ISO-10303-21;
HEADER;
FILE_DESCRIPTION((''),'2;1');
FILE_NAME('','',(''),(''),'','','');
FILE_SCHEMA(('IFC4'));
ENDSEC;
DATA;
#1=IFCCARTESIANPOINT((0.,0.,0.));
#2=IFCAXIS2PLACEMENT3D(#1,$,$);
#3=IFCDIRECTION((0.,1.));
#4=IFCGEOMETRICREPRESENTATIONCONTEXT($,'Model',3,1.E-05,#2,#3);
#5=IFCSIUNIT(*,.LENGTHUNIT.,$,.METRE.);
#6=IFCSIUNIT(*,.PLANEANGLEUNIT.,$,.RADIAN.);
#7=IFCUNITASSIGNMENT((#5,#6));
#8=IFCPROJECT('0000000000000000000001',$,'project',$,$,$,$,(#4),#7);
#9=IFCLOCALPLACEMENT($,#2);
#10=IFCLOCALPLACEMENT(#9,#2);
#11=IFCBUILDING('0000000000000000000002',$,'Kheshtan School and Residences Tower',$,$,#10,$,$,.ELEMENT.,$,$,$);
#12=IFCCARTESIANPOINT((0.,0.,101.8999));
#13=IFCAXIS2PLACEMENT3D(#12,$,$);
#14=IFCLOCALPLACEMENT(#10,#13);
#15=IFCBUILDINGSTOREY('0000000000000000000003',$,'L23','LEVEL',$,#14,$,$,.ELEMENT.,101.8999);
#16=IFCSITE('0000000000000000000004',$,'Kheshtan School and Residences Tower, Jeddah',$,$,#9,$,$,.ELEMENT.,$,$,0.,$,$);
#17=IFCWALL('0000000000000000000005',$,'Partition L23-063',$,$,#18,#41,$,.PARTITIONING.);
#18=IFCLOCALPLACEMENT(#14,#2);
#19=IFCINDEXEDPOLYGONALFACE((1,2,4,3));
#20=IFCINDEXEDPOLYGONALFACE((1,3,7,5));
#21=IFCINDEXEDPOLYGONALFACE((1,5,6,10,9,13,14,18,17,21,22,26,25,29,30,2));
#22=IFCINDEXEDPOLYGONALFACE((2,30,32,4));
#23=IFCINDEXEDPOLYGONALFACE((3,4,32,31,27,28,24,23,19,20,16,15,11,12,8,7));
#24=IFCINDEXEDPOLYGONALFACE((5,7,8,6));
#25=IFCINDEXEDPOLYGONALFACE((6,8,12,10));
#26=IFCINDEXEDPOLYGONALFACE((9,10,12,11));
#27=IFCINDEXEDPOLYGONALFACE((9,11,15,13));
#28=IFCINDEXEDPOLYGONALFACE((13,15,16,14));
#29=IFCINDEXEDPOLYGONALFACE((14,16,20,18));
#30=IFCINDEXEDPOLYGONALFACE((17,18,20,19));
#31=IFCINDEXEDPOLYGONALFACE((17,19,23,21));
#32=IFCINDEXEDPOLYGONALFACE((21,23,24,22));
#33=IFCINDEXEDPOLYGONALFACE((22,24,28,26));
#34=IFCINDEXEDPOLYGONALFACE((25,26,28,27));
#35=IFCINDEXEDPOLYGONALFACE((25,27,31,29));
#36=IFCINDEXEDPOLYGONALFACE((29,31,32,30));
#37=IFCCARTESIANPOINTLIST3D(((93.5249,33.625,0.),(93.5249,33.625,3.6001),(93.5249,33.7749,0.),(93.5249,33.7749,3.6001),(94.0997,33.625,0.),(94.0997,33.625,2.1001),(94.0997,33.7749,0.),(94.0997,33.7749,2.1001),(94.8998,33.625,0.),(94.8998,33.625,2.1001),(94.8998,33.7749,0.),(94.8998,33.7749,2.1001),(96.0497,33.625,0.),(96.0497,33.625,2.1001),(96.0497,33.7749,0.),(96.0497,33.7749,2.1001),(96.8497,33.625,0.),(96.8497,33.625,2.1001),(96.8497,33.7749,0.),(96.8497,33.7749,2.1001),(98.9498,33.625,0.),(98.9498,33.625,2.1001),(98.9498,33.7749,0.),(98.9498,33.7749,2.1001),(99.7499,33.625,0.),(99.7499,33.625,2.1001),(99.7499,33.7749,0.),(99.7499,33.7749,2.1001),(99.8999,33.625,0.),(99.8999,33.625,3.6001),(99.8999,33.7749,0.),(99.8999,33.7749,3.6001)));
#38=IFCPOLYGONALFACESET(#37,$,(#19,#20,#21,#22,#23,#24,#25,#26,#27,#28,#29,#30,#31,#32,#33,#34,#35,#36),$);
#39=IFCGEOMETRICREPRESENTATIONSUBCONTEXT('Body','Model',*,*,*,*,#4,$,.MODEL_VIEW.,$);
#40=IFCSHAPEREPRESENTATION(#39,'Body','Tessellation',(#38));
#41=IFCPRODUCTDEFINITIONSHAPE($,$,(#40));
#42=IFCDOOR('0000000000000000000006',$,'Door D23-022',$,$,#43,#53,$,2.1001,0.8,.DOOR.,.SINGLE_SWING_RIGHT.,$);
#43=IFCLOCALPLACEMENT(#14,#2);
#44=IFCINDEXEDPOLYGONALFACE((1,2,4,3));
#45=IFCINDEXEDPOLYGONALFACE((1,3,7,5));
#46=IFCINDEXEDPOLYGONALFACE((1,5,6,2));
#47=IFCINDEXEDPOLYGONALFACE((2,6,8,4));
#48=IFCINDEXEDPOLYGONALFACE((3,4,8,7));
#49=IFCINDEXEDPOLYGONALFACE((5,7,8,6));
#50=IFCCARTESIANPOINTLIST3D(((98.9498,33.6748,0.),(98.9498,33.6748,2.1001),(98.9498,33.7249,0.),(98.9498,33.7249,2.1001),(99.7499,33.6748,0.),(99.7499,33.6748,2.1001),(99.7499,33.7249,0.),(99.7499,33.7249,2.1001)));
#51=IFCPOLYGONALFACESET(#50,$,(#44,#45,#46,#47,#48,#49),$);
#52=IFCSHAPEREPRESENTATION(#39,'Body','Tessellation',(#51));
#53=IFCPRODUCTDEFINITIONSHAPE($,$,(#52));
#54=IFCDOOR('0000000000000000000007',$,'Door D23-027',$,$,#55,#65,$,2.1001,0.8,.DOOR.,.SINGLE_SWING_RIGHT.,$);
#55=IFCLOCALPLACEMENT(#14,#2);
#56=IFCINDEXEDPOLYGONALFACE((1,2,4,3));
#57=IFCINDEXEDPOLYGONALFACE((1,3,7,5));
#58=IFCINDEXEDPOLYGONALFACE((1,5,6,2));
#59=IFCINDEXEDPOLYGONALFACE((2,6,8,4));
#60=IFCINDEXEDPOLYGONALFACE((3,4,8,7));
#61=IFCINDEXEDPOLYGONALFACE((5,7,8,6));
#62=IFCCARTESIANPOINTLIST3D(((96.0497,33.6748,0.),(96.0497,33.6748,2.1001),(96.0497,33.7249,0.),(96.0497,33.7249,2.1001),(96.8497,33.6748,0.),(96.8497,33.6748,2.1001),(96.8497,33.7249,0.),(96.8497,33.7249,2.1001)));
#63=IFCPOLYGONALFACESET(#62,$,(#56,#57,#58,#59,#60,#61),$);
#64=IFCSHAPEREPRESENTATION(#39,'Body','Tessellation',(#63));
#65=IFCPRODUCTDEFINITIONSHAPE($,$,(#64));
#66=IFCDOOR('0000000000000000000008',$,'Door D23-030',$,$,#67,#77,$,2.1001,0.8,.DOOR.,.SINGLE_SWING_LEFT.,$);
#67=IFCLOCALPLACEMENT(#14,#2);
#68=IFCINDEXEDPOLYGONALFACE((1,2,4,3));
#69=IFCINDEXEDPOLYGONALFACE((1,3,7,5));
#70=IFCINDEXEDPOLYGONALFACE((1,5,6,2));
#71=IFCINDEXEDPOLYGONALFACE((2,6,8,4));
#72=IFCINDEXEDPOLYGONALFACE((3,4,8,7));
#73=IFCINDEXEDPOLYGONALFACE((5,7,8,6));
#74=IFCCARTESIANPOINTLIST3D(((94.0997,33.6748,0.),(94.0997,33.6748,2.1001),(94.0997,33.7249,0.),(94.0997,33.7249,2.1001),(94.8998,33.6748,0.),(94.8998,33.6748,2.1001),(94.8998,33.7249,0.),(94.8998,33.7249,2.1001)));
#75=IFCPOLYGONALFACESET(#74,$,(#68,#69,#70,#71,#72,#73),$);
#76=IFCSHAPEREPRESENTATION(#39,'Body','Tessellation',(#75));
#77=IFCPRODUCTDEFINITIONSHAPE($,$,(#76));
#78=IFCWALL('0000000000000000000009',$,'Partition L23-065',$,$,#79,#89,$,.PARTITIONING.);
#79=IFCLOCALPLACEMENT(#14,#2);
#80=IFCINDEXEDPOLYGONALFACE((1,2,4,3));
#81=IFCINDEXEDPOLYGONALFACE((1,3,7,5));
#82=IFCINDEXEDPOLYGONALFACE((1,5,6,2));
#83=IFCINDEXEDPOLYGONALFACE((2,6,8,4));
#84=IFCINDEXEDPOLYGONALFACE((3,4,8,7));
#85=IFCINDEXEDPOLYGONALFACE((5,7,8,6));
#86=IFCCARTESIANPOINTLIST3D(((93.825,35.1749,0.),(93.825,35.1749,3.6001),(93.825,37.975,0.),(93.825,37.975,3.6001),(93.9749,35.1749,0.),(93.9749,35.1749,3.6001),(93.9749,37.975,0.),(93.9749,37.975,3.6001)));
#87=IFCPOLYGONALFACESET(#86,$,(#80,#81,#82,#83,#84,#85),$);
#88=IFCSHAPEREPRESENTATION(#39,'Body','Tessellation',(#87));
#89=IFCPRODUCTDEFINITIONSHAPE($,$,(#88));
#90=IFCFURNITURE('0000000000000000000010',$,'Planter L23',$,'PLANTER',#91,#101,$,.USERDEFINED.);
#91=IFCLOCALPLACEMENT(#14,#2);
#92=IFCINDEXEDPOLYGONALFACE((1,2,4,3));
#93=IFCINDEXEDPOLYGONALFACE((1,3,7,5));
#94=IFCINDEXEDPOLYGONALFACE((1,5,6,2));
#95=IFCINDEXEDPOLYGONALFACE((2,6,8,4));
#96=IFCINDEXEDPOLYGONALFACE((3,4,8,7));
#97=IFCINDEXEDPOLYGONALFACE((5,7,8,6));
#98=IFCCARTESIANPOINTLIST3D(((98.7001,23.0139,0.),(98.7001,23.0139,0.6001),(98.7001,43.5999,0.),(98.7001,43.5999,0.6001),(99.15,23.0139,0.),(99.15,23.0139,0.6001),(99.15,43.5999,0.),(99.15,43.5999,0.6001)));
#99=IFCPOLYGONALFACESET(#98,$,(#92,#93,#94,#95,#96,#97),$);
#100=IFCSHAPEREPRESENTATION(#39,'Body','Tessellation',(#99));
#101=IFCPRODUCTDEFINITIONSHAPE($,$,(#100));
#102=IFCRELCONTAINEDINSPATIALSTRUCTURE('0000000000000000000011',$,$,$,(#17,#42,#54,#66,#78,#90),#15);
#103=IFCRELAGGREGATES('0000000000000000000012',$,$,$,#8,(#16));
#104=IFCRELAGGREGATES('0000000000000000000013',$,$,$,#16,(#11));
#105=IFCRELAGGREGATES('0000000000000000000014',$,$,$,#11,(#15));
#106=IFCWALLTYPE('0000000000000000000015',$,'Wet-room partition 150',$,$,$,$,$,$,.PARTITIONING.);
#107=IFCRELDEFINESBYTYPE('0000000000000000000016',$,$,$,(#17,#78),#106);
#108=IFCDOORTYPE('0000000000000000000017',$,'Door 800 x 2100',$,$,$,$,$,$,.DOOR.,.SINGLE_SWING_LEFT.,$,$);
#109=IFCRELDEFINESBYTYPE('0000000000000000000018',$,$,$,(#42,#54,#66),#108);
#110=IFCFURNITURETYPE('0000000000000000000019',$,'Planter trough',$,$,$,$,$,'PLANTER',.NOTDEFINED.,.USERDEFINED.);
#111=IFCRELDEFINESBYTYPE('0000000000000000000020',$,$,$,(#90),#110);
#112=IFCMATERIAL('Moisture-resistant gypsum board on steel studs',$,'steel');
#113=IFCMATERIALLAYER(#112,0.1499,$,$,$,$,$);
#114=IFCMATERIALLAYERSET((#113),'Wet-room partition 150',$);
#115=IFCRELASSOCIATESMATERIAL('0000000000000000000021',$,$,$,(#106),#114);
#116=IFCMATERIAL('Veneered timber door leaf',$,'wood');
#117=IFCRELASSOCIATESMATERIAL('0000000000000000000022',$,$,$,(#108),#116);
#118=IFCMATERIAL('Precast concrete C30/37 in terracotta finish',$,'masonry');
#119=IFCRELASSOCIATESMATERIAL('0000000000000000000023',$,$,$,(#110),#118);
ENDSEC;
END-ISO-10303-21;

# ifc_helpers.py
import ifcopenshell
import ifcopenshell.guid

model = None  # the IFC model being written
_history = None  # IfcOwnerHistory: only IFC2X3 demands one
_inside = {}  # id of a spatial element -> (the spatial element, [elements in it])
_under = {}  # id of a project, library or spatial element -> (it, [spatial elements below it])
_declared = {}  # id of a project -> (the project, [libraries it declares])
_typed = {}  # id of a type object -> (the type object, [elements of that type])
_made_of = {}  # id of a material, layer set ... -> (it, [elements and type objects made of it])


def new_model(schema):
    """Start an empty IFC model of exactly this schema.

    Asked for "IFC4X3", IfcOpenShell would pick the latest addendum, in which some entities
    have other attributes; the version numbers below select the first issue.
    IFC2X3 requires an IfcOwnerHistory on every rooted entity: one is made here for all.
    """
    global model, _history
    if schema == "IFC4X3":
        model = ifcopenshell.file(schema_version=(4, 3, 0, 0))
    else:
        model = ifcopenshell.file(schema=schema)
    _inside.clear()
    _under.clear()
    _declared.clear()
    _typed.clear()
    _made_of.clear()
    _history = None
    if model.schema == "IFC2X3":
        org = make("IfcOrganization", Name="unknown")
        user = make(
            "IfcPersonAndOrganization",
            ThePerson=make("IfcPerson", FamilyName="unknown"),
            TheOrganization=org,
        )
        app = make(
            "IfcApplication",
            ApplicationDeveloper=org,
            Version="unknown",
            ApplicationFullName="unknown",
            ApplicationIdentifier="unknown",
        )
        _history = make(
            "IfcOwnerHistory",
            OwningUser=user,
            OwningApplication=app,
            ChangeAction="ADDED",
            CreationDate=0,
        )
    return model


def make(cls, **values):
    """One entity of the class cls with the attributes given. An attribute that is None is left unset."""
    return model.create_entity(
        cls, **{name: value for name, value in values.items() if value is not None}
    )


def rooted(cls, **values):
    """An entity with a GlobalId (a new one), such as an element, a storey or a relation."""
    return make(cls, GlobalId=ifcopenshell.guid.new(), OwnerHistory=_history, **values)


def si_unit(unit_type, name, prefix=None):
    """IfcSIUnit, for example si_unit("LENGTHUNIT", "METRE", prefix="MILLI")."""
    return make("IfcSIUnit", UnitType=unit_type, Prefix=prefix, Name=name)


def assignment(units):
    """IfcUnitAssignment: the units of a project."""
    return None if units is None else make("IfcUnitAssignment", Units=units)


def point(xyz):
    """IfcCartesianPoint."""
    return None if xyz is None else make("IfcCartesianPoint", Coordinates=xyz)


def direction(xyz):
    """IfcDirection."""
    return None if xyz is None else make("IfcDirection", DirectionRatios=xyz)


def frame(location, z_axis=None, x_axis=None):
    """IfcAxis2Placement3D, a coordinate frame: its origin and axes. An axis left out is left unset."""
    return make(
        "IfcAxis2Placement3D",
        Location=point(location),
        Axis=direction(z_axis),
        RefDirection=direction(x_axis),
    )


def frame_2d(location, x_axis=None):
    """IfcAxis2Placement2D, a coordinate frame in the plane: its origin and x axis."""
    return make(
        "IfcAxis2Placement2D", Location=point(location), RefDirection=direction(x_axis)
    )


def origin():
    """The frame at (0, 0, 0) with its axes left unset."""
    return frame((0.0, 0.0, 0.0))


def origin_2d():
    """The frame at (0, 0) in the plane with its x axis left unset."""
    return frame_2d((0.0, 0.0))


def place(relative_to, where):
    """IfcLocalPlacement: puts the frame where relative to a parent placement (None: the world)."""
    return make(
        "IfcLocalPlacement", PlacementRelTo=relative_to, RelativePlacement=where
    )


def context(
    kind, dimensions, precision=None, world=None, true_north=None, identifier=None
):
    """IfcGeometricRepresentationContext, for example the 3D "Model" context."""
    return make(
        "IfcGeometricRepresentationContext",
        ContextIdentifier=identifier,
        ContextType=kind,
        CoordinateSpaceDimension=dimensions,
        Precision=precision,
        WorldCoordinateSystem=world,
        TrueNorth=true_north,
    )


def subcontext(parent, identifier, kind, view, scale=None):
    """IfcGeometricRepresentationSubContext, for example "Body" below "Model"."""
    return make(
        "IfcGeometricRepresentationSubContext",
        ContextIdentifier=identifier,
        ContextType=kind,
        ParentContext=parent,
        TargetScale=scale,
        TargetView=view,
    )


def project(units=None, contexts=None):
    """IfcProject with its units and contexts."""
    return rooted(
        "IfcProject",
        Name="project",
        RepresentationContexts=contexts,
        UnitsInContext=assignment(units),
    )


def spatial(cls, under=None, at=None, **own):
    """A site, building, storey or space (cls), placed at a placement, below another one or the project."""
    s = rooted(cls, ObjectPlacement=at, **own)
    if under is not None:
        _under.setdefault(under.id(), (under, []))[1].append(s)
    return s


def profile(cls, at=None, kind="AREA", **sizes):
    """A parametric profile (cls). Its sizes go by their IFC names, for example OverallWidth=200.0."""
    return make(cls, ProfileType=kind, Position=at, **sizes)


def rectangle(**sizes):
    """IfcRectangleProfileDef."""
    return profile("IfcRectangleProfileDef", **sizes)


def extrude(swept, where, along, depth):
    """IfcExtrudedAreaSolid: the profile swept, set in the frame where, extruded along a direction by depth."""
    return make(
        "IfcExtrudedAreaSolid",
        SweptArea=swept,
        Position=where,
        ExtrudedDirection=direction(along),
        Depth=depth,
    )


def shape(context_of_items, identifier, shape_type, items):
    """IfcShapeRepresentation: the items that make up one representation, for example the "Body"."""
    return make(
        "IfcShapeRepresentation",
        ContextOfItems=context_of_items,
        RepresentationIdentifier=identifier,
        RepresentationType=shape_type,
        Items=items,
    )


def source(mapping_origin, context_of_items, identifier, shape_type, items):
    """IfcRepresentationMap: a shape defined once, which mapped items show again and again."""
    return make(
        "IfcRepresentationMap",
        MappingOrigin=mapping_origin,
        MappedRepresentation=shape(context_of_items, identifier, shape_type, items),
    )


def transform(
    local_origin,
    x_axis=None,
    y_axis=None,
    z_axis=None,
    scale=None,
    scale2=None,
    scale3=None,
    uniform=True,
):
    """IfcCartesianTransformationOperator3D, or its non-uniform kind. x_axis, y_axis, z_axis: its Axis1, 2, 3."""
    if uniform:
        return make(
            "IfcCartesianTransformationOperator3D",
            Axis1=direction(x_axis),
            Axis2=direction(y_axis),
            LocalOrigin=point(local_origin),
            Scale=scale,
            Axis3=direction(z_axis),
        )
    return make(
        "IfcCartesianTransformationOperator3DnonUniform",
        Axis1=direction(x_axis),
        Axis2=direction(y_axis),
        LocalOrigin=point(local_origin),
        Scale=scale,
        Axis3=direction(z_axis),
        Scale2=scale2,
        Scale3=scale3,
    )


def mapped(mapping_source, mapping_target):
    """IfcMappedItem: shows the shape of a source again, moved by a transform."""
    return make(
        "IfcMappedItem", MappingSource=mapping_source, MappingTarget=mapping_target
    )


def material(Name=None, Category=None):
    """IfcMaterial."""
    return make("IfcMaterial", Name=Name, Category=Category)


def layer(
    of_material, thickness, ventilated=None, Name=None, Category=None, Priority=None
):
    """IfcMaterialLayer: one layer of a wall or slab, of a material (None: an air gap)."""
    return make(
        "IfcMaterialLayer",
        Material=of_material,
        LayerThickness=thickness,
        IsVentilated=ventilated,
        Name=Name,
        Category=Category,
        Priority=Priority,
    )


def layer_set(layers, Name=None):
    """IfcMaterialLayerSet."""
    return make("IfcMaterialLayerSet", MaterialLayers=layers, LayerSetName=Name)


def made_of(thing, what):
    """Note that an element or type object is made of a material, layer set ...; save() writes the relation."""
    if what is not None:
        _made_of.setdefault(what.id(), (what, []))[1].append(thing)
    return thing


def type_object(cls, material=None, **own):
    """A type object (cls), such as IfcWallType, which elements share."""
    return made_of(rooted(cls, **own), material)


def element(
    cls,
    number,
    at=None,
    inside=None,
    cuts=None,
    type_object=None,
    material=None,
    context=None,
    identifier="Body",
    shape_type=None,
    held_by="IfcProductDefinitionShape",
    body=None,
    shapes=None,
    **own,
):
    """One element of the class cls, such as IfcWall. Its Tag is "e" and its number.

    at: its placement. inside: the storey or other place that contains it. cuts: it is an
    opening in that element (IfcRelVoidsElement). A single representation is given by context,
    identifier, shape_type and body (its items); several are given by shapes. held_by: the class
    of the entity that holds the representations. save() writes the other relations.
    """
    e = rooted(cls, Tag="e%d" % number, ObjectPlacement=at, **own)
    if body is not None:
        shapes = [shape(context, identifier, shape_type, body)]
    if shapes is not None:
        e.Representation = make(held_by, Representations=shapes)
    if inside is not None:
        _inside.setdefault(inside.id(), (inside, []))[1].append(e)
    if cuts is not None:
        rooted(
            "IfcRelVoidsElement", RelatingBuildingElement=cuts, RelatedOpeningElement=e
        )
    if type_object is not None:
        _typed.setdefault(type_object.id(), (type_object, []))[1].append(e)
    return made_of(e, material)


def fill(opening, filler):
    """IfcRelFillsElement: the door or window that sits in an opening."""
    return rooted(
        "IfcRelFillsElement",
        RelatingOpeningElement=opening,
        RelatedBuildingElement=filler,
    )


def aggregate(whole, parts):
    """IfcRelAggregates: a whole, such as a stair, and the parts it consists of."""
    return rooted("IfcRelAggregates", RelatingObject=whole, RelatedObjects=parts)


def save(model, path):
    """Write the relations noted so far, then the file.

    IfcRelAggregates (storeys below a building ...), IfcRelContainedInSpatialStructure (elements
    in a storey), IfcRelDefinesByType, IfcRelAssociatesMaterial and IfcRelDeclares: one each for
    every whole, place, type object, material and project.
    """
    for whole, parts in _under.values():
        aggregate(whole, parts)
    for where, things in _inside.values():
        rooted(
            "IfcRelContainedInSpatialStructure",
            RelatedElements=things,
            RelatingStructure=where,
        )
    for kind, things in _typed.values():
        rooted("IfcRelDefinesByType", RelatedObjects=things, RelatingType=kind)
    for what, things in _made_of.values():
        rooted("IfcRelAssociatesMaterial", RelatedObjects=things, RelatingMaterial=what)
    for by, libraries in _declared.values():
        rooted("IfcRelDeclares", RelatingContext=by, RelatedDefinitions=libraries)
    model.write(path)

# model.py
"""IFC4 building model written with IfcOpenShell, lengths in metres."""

from ifc_helpers import new_model, si_unit, direction, frame, frame_2d, origin, origin_2d, place, context, subcontext, project, spatial, rectangle, extrude, source, transform, mapped, material, layer, layer_set, type_object, element, fill, save


model = new_model("IFC4")

# Units and contexts
model_context = context("Model", 3, precision=1e-05, world=origin(), true_north=direction((0.0, 1.0)))
body_context = subcontext(model_context, "Body", "Model", "MODEL_VIEW")
ifc_project = project(units=[si_unit("LENGTHUNIT", "METRE"), si_unit("PLANEANGLEUNIT", "RADIAN")], contexts=[model_context])

# Site, building, storey
site_placement = place(None, origin())
site = spatial("IfcSite", under=ifc_project, at=site_placement, Name="Kheshtan School and Residences Tower, Jeddah", CompositionType="ELEMENT", RefElevation=0.0)
building_placement = place(site_placement, origin())
building = spatial("IfcBuilding", under=site, at=building_placement, Name="Kheshtan School and Residences Tower", CompositionType="ELEMENT")
storey_placement = place(building_placement, frame((0.0, 0.0, 101.8999)))
storey = spatial("IfcBuildingStorey", under=building, at=storey_placement, Name="L23", Description="LEVEL", CompositionType="ELEMENT", Elevation=101.8999)

# Shared definitions
ifc_material_1 = material(Name="Moisture-resistant gypsum board on steel studs", Category="steel")
ifc_layer_1 = layer(ifc_material_1, 0.1499)
ifc_layer_set_1 = layer_set([ifc_layer_1], Name="Wet-room partition 150")
wall_type_1 = type_object("IfcWallType", Name="Wet-room partition 150", PredefinedType="PARTITIONING", material=ifc_layer_set_1)

# Shared definitions
ifc_material_2 = material(Name="Veneered timber door leaf", Category="wood")
door_type_1 = type_object("IfcDoorType", Name="Door 800 x 2100", OperationType="SINGLE_SWING_LEFT", PredefinedType="DOOR", material=ifc_material_2)
shared_shape_1 = source(origin(), body_context, "Body", "SweptSolid", [
    extrude(rectangle(XDim=0.8, YDim=2.1001, at=frame_2d((0.3999, 1.05))), frame((0.0, 0.0249, 0.0), z_axis=(0.0, -1.0, 0.0), x_axis=(1.0, 0.0, 0.0)), (0.0, 0.0, 1.0), 0.05),
])

# Wall, openings, doors
wall_1_placement = place(storey_placement, frame((93.5249, 33.7, 0.0), z_axis=(0.0, 0.0, 1.0), x_axis=(1.0, 0.0, 0.0)))
wall_1 = element("IfcWall", 1, at=wall_1_placement, inside=storey, type_object=wall_type_1, Name="Partition L23-063", PredefinedType="PARTITIONING", context=body_context, shape_type="SweptSolid", body=[
    extrude(rectangle(XDim=6.375, YDim=0.1499, at=frame_2d((3.1875, 0.0))), origin(), (0.0, 0.0, 1.0), 3.6001),
])
opening_1_placement = place(wall_1_placement, frame((5.425, 0.0, 0.0)))
opening_1 = element("IfcOpeningElement", 2, at=opening_1_placement, cuts=wall_1, PredefinedType="OPENING", context=body_context, shape_type="SweptSolid", body=[
    extrude(rectangle(XDim=0.8, YDim=2.1001, at=frame_2d((0.3999, 1.05))), frame((0.0, 0.085, 0.0), z_axis=(0.0, -1.0, 0.0), x_axis=(1.0, 0.0, 0.0)), (0.0, 0.0, 1.0), 0.1699),
])
opening_2_placement = place(wall_1_placement, frame((2.5249, 0.0, 0.0)))
opening_2 = element("IfcOpeningElement", 3, at=opening_2_placement, cuts=wall_1, PredefinedType="OPENING", context=body_context, shape_type="SweptSolid", body=[
    extrude(rectangle(XDim=0.8, YDim=2.1001, at=frame_2d((0.3999, 1.05))), frame((0.0, 0.085, 0.0), z_axis=(0.0, -1.0, 0.0), x_axis=(1.0, 0.0, 0.0)), (0.0, 0.0, 1.0), 0.1699),
])
opening_3_placement = place(wall_1_placement, frame((0.575, 0.0, 0.0)))
opening_3 = element("IfcOpeningElement", 4, at=opening_3_placement, cuts=wall_1, PredefinedType="OPENING", context=body_context, shape_type="SweptSolid", body=[
    extrude(rectangle(XDim=0.8, YDim=2.1001, at=frame_2d((0.3999, 1.05))), frame((0.0, 0.085, 0.0), z_axis=(0.0, -1.0, 0.0), x_axis=(1.0, 0.0, 0.0)), (0.0, 0.0, 1.0), 0.1699),
])
door_1_placement = place(opening_1_placement, origin())
door_1 = element("IfcDoor", 5, at=door_1_placement, inside=storey, type_object=door_type_1, Name="Door D23-022", OperationType="SINGLE_SWING_RIGHT", OverallHeight=2.1001, OverallWidth=0.8, PredefinedType="DOOR", context=body_context, shape_type="MappedRepresentation", body=[
    mapped(shared_shape_1, transform((0.0, 0.0, 0.0), x_axis=(1.0, 0.0, 0.0), y_axis=(0.0, 1.0, 0.0), z_axis=(0.0, 0.0, 1.0), scale=1.0)),
])
fill(opening_1, door_1)
door_2_placement = place(opening_2_placement, origin())
door_2 = element("IfcDoor", 6, at=door_2_placement, inside=storey, type_object=door_type_1, Name="Door D23-027", OperationType="SINGLE_SWING_RIGHT", OverallHeight=2.1001, OverallWidth=0.8, PredefinedType="DOOR", context=body_context, shape_type="MappedRepresentation", body=[
    mapped(shared_shape_1, transform((0.0, 0.0, 0.0), x_axis=(1.0, 0.0, 0.0), y_axis=(0.0, 1.0, 0.0), z_axis=(0.0, 0.0, 1.0), scale=1.0)),
])
fill(opening_2, door_2)
door_3_placement = place(opening_3_placement, origin())
door_3 = element("IfcDoor", 7, at=door_3_placement, inside=storey, type_object=door_type_1, Name="Door D23-030", OperationType="SINGLE_SWING_LEFT", OverallHeight=2.1001, OverallWidth=0.8, PredefinedType="DOOR", context=body_context, shape_type="MappedRepresentation", body=[
    mapped(shared_shape_1, transform((0.0, 0.0, 0.0), x_axis=(1.0, 0.0, 0.0), y_axis=(0.0, 1.0, 0.0), z_axis=(0.0, 0.0, 1.0), scale=1.0)),
])
fill(opening_3, door_3)

# Wall
wall_2_placement = place(storey_placement, frame((93.8999, 35.175, 0.0), z_axis=(0.0, 0.0, 1.0), x_axis=(0.0, 1.0, 0.0)))
element("IfcWall", 8, at=wall_2_placement, inside=storey, type_object=wall_type_1, Name="Partition L23-065", PredefinedType="PARTITIONING", context=body_context, shape_type="SweptSolid", body=[
    extrude(rectangle(XDim=2.8, YDim=0.1499, at=frame_2d((1.3999, 0.0))), origin(), (0.0, 0.0, 1.0), 3.6001),
])

# Furniture
ifc_material_3 = material(Name="Precast concrete C30/37 in terracotta finish", Category="masonry")
furniture_type = type_object("IfcFurnitureType", Name="Planter trough", ElementType="PLANTER", AssemblyPlace="NOTDEFINED", PredefinedType="USERDEFINED", material=ifc_material_3)
furniture_placement = place(storey_placement, frame((98.925, 33.3069, 0.0), z_axis=(0.0, 0.0, 1.0), x_axis=(0.0, -1.0, 0.0)))
element("IfcFurniture", 9, at=furniture_placement, inside=storey, type_object=furniture_type, Name="Planter L23", ObjectType="PLANTER", PredefinedType="USERDEFINED", context=body_context, shape_type="SweptSolid", body=[
    extrude(rectangle(XDim=20.5859, YDim=0.45, at=origin_2d()), origin(), (0.0, 0.0, 1.0), 0.6001),
])

save(model, "model.ifc")
